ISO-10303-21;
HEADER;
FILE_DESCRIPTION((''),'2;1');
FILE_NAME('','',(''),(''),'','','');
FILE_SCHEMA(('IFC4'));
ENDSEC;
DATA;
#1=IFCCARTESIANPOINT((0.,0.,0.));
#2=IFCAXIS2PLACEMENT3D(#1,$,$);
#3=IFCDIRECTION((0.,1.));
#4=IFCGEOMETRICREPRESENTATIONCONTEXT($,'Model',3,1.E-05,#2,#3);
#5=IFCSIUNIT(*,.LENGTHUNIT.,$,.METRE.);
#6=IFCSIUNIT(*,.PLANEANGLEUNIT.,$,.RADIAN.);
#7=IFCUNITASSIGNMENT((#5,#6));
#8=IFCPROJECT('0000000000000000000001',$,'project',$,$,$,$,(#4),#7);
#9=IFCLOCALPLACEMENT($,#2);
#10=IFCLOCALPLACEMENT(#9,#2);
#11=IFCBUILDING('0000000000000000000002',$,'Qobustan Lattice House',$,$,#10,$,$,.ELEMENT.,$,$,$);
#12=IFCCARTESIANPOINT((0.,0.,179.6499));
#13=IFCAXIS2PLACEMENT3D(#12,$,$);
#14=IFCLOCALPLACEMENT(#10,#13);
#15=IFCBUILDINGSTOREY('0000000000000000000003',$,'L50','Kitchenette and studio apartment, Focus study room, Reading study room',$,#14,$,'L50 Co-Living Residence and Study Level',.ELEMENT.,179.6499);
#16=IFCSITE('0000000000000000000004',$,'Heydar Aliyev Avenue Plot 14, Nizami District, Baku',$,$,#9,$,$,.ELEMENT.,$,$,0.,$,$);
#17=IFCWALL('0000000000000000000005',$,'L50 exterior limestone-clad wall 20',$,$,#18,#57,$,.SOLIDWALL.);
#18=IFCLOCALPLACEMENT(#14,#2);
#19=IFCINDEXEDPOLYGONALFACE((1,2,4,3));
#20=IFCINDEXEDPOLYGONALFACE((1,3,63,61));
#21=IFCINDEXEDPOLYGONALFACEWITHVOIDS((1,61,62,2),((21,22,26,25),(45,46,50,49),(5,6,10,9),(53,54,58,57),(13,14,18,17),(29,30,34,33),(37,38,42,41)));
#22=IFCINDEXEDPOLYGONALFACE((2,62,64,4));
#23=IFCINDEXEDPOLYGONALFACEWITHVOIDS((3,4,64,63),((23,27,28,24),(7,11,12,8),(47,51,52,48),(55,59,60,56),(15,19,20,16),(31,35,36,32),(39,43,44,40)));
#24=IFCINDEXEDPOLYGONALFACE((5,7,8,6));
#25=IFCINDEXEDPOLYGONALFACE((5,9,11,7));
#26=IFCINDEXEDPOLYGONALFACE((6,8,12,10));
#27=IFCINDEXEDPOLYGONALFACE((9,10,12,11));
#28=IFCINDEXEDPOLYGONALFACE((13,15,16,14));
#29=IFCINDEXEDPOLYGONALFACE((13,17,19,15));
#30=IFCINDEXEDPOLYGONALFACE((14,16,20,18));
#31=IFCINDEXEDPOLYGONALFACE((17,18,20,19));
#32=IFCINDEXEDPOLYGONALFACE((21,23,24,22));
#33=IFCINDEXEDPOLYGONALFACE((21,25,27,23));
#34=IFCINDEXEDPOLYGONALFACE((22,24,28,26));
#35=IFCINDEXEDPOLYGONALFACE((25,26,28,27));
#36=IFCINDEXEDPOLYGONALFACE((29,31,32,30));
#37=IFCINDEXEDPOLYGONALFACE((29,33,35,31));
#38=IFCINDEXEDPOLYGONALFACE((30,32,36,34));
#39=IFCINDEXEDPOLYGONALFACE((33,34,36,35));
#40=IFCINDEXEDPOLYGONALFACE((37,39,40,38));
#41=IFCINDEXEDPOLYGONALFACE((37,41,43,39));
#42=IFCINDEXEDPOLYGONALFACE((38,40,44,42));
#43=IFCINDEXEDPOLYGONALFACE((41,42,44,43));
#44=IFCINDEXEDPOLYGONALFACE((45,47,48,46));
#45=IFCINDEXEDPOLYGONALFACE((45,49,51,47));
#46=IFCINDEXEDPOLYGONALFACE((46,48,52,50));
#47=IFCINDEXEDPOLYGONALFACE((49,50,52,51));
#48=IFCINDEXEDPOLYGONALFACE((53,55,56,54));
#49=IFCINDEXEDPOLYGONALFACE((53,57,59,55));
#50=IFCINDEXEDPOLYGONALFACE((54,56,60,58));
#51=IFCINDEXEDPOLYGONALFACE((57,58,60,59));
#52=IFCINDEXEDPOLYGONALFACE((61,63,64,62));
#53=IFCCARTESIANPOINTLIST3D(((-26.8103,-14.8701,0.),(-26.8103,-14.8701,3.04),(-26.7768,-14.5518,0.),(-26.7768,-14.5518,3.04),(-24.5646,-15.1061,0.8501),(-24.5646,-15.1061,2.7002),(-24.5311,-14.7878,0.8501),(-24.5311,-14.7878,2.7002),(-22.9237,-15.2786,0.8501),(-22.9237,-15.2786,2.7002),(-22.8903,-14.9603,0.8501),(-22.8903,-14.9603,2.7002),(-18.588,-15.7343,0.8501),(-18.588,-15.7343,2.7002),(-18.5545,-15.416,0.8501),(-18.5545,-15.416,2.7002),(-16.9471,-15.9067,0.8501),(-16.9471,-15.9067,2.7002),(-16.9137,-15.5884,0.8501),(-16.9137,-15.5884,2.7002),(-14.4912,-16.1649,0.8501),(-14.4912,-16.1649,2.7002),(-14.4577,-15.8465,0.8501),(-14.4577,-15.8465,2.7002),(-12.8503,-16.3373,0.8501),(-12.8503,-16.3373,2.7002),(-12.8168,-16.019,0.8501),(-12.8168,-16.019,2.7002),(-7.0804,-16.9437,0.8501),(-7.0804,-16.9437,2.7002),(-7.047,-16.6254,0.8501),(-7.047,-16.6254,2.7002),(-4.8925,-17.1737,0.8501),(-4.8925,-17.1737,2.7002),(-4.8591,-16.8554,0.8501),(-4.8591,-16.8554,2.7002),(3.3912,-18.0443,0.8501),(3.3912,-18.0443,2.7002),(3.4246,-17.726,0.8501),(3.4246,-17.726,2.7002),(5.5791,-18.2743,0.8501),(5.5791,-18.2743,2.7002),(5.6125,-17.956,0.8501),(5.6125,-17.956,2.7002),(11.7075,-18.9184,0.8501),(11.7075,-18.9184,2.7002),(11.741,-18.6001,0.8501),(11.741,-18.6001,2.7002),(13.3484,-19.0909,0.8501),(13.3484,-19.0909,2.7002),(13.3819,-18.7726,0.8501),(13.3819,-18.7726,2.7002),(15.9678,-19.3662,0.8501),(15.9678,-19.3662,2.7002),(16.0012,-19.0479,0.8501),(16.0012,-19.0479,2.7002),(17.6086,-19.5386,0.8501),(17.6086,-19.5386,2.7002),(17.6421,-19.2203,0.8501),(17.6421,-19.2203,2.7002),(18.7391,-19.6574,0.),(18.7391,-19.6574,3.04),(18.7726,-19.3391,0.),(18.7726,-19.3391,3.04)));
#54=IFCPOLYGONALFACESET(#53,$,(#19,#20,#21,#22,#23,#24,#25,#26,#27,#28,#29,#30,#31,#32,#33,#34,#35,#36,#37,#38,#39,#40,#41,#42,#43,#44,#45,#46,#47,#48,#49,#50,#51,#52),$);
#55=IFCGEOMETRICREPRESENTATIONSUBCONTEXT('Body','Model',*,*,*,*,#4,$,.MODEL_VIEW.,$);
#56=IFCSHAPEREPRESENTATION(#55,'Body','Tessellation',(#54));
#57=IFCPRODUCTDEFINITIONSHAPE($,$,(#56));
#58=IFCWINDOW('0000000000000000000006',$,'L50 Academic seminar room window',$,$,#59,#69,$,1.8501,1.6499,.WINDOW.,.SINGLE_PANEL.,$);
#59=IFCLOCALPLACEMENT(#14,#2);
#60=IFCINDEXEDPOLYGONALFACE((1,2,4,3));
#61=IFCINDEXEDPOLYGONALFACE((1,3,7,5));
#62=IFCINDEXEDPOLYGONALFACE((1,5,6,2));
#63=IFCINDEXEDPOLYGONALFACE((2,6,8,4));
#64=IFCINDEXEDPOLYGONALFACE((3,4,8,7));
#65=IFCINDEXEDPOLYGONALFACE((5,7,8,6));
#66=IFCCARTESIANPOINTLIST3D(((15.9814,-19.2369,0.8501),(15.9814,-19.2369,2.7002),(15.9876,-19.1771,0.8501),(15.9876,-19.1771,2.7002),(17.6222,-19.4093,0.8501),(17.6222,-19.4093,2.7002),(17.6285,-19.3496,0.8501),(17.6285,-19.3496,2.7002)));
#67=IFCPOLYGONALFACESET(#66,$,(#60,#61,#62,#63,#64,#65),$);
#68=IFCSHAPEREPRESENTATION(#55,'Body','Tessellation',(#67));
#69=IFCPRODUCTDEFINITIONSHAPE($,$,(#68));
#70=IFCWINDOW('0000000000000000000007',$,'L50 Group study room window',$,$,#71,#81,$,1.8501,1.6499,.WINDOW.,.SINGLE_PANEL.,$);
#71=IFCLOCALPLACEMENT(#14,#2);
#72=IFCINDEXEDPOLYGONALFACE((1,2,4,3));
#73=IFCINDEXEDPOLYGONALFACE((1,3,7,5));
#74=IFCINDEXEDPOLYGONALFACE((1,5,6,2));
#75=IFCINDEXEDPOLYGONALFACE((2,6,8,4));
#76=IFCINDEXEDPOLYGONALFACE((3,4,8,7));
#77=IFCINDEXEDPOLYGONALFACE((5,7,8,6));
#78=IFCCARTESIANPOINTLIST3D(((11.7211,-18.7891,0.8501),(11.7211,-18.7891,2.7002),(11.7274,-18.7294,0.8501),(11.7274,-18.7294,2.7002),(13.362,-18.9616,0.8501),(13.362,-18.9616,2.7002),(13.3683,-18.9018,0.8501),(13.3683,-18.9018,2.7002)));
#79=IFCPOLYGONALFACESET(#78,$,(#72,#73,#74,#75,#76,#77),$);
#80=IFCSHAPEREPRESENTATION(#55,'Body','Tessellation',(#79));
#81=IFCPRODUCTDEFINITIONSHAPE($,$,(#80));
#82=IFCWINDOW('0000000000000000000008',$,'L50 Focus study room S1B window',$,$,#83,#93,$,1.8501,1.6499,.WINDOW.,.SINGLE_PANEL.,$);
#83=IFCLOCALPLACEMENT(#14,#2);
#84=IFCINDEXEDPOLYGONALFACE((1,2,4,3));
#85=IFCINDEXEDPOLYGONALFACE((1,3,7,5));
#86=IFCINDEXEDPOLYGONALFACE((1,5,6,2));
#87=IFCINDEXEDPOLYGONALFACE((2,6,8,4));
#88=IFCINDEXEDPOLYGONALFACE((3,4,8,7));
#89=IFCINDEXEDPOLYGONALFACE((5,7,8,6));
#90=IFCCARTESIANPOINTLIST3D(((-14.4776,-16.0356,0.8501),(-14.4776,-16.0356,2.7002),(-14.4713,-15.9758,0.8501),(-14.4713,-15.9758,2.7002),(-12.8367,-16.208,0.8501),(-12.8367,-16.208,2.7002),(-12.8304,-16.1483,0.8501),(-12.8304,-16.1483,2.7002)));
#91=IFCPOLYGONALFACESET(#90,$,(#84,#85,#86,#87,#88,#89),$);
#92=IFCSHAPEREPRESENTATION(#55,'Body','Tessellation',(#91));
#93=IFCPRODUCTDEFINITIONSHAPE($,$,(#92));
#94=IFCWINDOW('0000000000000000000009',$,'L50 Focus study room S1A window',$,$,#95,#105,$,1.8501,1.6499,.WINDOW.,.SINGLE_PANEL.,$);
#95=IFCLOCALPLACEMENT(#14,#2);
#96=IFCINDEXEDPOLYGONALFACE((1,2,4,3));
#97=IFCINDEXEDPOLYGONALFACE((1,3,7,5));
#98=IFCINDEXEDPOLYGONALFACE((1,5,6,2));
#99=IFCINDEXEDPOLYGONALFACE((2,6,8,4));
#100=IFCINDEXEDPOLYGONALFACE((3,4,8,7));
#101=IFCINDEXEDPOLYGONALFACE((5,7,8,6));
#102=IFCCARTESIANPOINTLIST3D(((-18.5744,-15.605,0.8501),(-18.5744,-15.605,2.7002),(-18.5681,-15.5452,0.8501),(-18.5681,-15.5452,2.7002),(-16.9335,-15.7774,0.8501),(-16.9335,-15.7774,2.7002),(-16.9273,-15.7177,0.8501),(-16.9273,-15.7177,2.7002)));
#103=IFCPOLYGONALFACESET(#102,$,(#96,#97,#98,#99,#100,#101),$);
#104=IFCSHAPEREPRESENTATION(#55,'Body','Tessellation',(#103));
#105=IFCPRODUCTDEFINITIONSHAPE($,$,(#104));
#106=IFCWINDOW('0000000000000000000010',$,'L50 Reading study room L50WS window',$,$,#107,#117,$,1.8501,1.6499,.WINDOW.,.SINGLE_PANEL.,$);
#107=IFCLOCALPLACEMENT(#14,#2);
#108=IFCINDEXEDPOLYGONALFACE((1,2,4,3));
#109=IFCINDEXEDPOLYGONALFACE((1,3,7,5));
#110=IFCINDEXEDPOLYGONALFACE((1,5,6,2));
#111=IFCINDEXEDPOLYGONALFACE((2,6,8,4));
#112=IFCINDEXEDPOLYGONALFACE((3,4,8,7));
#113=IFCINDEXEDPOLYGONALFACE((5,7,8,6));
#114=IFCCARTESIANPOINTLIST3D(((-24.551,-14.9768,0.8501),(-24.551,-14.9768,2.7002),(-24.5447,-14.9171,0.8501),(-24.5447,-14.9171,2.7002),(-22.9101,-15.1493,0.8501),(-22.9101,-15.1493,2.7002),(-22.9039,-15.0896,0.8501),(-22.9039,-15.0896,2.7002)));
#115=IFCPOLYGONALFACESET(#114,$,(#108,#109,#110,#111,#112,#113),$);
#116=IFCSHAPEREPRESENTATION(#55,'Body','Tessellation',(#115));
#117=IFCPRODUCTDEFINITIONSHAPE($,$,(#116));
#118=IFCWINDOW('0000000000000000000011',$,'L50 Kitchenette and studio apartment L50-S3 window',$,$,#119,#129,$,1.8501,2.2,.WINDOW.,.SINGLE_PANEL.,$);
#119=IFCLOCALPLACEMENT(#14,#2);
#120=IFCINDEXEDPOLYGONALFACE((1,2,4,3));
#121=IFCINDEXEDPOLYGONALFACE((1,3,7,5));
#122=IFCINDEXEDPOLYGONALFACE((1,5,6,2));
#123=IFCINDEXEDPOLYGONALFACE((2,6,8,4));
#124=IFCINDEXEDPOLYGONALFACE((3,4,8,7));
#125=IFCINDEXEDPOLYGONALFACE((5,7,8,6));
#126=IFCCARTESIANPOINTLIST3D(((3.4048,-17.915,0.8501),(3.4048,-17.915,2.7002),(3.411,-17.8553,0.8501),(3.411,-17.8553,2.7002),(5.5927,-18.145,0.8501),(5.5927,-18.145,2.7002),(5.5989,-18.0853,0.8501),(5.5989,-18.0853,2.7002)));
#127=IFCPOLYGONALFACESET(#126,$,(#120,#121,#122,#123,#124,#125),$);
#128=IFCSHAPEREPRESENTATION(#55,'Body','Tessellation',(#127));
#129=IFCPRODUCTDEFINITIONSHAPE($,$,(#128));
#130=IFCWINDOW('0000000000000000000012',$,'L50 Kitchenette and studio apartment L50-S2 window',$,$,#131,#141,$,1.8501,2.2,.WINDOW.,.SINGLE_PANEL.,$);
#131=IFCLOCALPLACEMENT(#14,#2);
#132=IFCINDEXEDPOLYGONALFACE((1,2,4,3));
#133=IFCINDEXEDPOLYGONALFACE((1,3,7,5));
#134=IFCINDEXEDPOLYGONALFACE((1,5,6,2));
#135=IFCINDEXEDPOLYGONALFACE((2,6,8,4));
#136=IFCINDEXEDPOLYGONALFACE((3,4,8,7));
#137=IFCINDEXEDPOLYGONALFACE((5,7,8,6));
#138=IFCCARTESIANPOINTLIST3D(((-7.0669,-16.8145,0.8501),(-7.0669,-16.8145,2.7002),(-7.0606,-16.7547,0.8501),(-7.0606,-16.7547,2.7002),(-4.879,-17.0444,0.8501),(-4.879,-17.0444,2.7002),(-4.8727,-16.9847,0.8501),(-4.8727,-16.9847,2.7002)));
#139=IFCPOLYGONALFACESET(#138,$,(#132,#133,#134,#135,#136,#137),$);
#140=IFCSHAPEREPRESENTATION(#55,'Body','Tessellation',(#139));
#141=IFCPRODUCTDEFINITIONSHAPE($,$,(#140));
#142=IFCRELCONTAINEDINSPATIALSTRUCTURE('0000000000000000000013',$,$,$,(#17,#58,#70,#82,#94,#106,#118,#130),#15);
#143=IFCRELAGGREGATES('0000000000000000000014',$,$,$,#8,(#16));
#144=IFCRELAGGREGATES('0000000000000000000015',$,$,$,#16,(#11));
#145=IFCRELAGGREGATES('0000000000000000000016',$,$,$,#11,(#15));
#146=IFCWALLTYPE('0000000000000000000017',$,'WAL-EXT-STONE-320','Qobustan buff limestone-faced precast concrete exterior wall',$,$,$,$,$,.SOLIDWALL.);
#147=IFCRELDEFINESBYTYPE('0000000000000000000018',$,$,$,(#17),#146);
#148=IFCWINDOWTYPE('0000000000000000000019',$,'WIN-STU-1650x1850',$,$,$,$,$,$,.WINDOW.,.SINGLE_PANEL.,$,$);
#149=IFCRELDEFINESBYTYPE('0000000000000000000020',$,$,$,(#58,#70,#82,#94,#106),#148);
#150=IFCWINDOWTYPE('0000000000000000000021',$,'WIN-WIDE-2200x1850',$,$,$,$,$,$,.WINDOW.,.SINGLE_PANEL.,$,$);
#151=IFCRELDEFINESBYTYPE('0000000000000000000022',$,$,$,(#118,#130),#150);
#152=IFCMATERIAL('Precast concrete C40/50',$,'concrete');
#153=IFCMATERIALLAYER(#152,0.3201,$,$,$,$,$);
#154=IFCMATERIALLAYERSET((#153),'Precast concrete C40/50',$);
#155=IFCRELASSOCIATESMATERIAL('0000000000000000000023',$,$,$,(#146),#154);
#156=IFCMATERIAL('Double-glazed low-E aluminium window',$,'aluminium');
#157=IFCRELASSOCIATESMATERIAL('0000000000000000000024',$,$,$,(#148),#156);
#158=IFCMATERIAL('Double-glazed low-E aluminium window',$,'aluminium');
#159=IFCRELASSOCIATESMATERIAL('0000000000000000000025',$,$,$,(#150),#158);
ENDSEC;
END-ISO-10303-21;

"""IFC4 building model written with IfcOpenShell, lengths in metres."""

from ifc_helpers import new_model, si_unit, direction, frame, frame_2d, origin, place, context, subcontext, project, spatial, rectangle, extrude, material, layer, layer_set, type_object, element, fill, save


model = new_model("IFC4")

# Units and contexts
model_context = context("Model", 3, precision=1e-05, world=origin(), true_north=direction((0.0, 1.0)))
body_context = subcontext(model_context, "Body", "Model", "MODEL_VIEW")
ifc_project = project(units=[si_unit("LENGTHUNIT", "METRE"), si_unit("PLANEANGLEUNIT", "RADIAN")], contexts=[model_context])

# Site, building, storey
site_placement = place(None, origin())
site = spatial("IfcSite", under=ifc_project, at=site_placement, Name="Heydar Aliyev Avenue Plot 14, Nizami District, Baku", CompositionType="ELEMENT", RefElevation=0.0)
building_placement = place(site_placement, origin())
building = spatial("IfcBuilding", under=site, at=building_placement, Name="Qobustan Lattice House", CompositionType="ELEMENT")
storey_placement = place(building_placement, frame((0.0, 0.0, 179.6499)))
storey = spatial("IfcBuildingStorey", under=building, at=storey_placement, Name="L50", Description="Kitchenette and studio apartment, Focus study room, Reading study room", LongName="L50 Co-Living Residence and Study Level", CompositionType="ELEMENT", Elevation=179.6499)

# Shared definitions
ifc_material_1 = material(Name="Precast concrete C40/50", Category="concrete")
ifc_layer_1 = layer(ifc_material_1, 0.3201)
ifc_layer_set_1 = layer_set([ifc_layer_1], Name="Precast concrete C40/50")
wall_type_1 = type_object("IfcWallType", Name="WAL-EXT-STONE-320", Description="Qobustan buff limestone-faced precast concrete exterior wall", PredefinedType="SOLIDWALL", material=ifc_layer_set_1)

# Wall, openings, windows
wall_1_placement = place(storey_placement, frame((18.7559, -19.4983, 0.0), z_axis=(0.0, 0.0, 1.0), x_axis=(-0.994522, 0.104527, 0.0)))
wall_1 = element("IfcWall", 1, at=wall_1_placement, inside=storey, type_object=wall_type_1, Name="L50 exterior limestone-clad wall 20", PredefinedType="SOLIDWALL", context=body_context, shape_type="SweptSolid", body=[
    extrude(rectangle(XDim=45.8003, YDim=0.3201, at=frame_2d((22.9001, 0.0))), origin(), (0.0, 0.0, 1.0), 3.04),
])
opening_1_placement = place(wall_1_placement, frame((1.1367, 0.0, 0.8501)))
opening_1 = element("IfcOpeningElement", 2, at=opening_1_placement, cuts=wall_1, PredefinedType="OPENING", context=body_context, shape_type="SweptSolid", body=[
    extrude(rectangle(XDim=1.6499, YDim=1.8501, at=frame_2d((0.825, 0.925))), frame((0.0, 0.1699, 0.0), z_axis=(0.0, -1.0, 0.0), x_axis=(1.0, 0.0, 0.0)), (0.0, 0.0, 1.0), 0.3401),
])
opening_2_placement = place(wall_1_placement, frame((5.4204, 0.0, 0.8501)))
opening_2 = element("IfcOpeningElement", 3, at=opening_2_placement, cuts=wall_1, PredefinedType="OPENING", context=body_context, shape_type="SweptSolid", body=[
    extrude(rectangle(XDim=1.6499, YDim=1.8501, at=frame_2d((0.825, 0.925))), frame((0.0, 0.1699, 0.0), z_axis=(0.0, -1.0, 0.0), x_axis=(1.0, 0.0, 0.0)), (0.0, 0.0, 1.0), 0.3401),
])
opening_3_placement = place(wall_1_placement, frame((13.2324, 0.0, 0.8501)))
opening_3 = element("IfcOpeningElement", 4, at=opening_3_placement, cuts=wall_1, PredefinedType="OPENING", context=body_context, shape_type="SweptSolid", body=[
    extrude(rectangle(XDim=2.2, YDim=1.8501, at=frame_2d((1.1001, 0.925))), frame((0.0, 0.1699, 0.0), z_axis=(0.0, -1.0, 0.0), x_axis=(1.0, 0.0, 0.0)), (0.0, 0.0, 1.0), 0.3401),
])
opening_4_placement = place(wall_1_placement, frame((23.7617, 0.0, 0.8501)))
opening_4 = element("IfcOpeningElement", 5, at=opening_4_placement, cuts=wall_1, PredefinedType="OPENING", context=body_context, shape_type="SweptSolid", body=[
    extrude(rectangle(XDim=2.2, YDim=1.8501, at=frame_2d((1.1001, 0.925))), frame((0.0, 0.1699, 0.0), z_axis=(0.0, -1.0, 0.0), x_axis=(1.0, 0.0, 0.0)), (0.0, 0.0, 1.0), 0.3401),
])
opening_5_placement = place(wall_1_placement, frame((31.7634, 0.0, 0.8501)))
opening_5 = element("IfcOpeningElement", 6, at=opening_5_placement, cuts=wall_1, PredefinedType="OPENING", context=body_context, shape_type="SweptSolid", body=[
    extrude(rectangle(XDim=1.6499, YDim=1.8501, at=frame_2d((0.825, 0.925))), frame((0.0, 0.1699, 0.0), z_axis=(0.0, -1.0, 0.0), x_axis=(1.0, 0.0, 0.0)), (0.0, 0.0, 1.0), 0.3401),
])
opening_6_placement = place(wall_1_placement, frame((35.8828, 0.0, 0.8501)))
opening_6 = element("IfcOpeningElement", 7, at=opening_6_placement, cuts=wall_1, PredefinedType="OPENING", context=body_context, shape_type="SweptSolid", body=[
    extrude(rectangle(XDim=1.6499, YDim=1.8501, at=frame_2d((0.825, 0.925))), frame((0.0, 0.1699, 0.0), z_axis=(0.0, -1.0, 0.0), x_axis=(1.0, 0.0, 0.0)), (0.0, 0.0, 1.0), 0.3401),
])
opening_7_placement = place(wall_1_placement, frame((41.8923, 0.0, 0.8501)))
opening_7 = element("IfcOpeningElement", 8, at=opening_7_placement, cuts=wall_1, PredefinedType="OPENING", context=body_context, shape_type="SweptSolid", body=[
    extrude(rectangle(XDim=1.6499, YDim=1.8501, at=frame_2d((0.825, 0.925))), frame((0.0, 0.1699, 0.0), z_axis=(0.0, -1.0, 0.0), x_axis=(1.0, 0.0, 0.0)), (0.0, 0.0, 1.0), 0.3401),
])
ifc_material_2 = material(Name="Double-glazed low-E aluminium window", Category="aluminium")
window_type_1 = type_object("IfcWindowType", Name="WIN-STU-1650x1850", PartitioningType="SINGLE_PANEL", PredefinedType="WINDOW", material=ifc_material_2)
window_1_placement = place(opening_1_placement, origin())
window_1 = element("IfcWindow", 9, at=window_1_placement, inside=storey, type_object=window_type_1, Name="L50 Academic seminar room window", OverallHeight=1.8501, OverallWidth=1.6499, PartitioningType="SINGLE_PANEL", PredefinedType="WINDOW", context=body_context, shape_type="SweptSolid", body=[
    extrude(rectangle(XDim=1.6499, YDim=1.8501, at=frame_2d((0.825, 0.925))), frame((0.0, 0.03, 0.0), z_axis=(0.0, -1.0, 0.0), x_axis=(1.0, 0.0, 0.0)), (0.0, 0.0, 1.0), 0.0601),
])
fill(opening_1, window_1)
window_2_placement = place(opening_2_placement, origin())
window_2 = element("IfcWindow", 10, at=window_2_placement, inside=storey, type_object=window_type_1, Name="L50 Group study room window", OverallHeight=1.8501, OverallWidth=1.6499, PartitioningType="SINGLE_PANEL", PredefinedType="WINDOW", context=body_context, shape_type="SweptSolid", body=[
    extrude(rectangle(XDim=1.6499, YDim=1.8501, at=frame_2d((0.825, 0.925))), frame((0.0, 0.03, 0.0), z_axis=(0.0, -1.0, 0.0), x_axis=(1.0, 0.0, 0.0)), (0.0, 0.0, 1.0), 0.0601),
])
fill(opening_2, window_2)
window_3_placement = place(opening_5_placement, origin())
window_3 = element("IfcWindow", 11, at=window_3_placement, inside=storey, type_object=window_type_1, Name="L50 Focus study room S1B window", OverallHeight=1.8501, OverallWidth=1.6499, PartitioningType="SINGLE_PANEL", PredefinedType="WINDOW", context=body_context, shape_type="SweptSolid", body=[
    extrude(rectangle(XDim=1.6499, YDim=1.8501, at=frame_2d((0.825, 0.925))), frame((0.0, 0.03, 0.0), z_axis=(0.0, -1.0, 0.0), x_axis=(1.0, 0.0, 0.0)), (0.0, 0.0, 1.0), 0.0601),
])
fill(opening_5, window_3)
window_4_placement = place(opening_6_placement, origin())
window_4 = element("IfcWindow", 12, at=window_4_placement, inside=storey, type_object=window_type_1, Name="L50 Focus study room S1A window", OverallHeight=1.8501, OverallWidth=1.6499, PartitioningType="SINGLE_PANEL", PredefinedType="WINDOW", context=body_context, shape_type="SweptSolid", body=[
    extrude(rectangle(XDim=1.6499, YDim=1.8501, at=frame_2d((0.825, 0.925))), frame((0.0, 0.03, 0.0), z_axis=(0.0, -1.0, 0.0), x_axis=(1.0, 0.0, 0.0)), (0.0, 0.0, 1.0), 0.0601),
])
fill(opening_6, window_4)
window_5_placement = place(opening_7_placement, origin())
window_5 = element("IfcWindow", 13, at=window_5_placement, inside=storey, type_object=window_type_1, Name="L50 Reading study room L50WS window", OverallHeight=1.8501, OverallWidth=1.6499, PartitioningType="SINGLE_PANEL", PredefinedType="WINDOW", context=body_context, shape_type="SweptSolid", body=[
    extrude(rectangle(XDim=1.6499, YDim=1.8501, at=frame_2d((0.825, 0.925))), frame((0.0, 0.03, 0.0), z_axis=(0.0, -1.0, 0.0), x_axis=(1.0, 0.0, 0.0)), (0.0, 0.0, 1.0), 0.0601),
])
fill(opening_7, window_5)
ifc_material_3 = material(Name="Double-glazed low-E aluminium window", Category="aluminium")
window_type_2 = type_object("IfcWindowType", Name="WIN-WIDE-2200x1850", PartitioningType="SINGLE_PANEL", PredefinedType="WINDOW", material=ifc_material_3)
window_6_placement = place(opening_3_placement, origin())
window_6 = element("IfcWindow", 14, at=window_6_placement, inside=storey, type_object=window_type_2, Name="L50 Kitchenette and studio apartment L50-S3 window", OverallHeight=1.8501, OverallWidth=2.2, PartitioningType="SINGLE_PANEL", PredefinedType="WINDOW", context=body_context, shape_type="SweptSolid", body=[
    extrude(rectangle(XDim=2.2, YDim=1.8501, at=frame_2d((1.1001, 0.925))), frame((0.0, 0.03, 0.0), z_axis=(0.0, -1.0, 0.0), x_axis=(1.0, 0.0, 0.0)), (0.0, 0.0, 1.0), 0.0601),
])
fill(opening_3, window_6)
window_7_placement = place(opening_4_placement, origin())
window_7 = element("IfcWindow", 15, at=window_7_placement, inside=storey, type_object=window_type_2, Name="L50 Kitchenette and studio apartment L50-S2 window", OverallHeight=1.8501, OverallWidth=2.2, PartitioningType="SINGLE_PANEL", PredefinedType="WINDOW", context=body_context, shape_type="SweptSolid", body=[
    extrude(rectangle(XDim=2.2, YDim=1.8501, at=frame_2d((1.1001, 0.925))), frame((0.0, 0.03, 0.0), z_axis=(0.0, -1.0, 0.0), x_axis=(1.0, 0.0, 0.0)), (0.0, 0.0, 1.0), 0.0601),
])
fill(opening_4, window_7)

save(model, "model.ifc")
